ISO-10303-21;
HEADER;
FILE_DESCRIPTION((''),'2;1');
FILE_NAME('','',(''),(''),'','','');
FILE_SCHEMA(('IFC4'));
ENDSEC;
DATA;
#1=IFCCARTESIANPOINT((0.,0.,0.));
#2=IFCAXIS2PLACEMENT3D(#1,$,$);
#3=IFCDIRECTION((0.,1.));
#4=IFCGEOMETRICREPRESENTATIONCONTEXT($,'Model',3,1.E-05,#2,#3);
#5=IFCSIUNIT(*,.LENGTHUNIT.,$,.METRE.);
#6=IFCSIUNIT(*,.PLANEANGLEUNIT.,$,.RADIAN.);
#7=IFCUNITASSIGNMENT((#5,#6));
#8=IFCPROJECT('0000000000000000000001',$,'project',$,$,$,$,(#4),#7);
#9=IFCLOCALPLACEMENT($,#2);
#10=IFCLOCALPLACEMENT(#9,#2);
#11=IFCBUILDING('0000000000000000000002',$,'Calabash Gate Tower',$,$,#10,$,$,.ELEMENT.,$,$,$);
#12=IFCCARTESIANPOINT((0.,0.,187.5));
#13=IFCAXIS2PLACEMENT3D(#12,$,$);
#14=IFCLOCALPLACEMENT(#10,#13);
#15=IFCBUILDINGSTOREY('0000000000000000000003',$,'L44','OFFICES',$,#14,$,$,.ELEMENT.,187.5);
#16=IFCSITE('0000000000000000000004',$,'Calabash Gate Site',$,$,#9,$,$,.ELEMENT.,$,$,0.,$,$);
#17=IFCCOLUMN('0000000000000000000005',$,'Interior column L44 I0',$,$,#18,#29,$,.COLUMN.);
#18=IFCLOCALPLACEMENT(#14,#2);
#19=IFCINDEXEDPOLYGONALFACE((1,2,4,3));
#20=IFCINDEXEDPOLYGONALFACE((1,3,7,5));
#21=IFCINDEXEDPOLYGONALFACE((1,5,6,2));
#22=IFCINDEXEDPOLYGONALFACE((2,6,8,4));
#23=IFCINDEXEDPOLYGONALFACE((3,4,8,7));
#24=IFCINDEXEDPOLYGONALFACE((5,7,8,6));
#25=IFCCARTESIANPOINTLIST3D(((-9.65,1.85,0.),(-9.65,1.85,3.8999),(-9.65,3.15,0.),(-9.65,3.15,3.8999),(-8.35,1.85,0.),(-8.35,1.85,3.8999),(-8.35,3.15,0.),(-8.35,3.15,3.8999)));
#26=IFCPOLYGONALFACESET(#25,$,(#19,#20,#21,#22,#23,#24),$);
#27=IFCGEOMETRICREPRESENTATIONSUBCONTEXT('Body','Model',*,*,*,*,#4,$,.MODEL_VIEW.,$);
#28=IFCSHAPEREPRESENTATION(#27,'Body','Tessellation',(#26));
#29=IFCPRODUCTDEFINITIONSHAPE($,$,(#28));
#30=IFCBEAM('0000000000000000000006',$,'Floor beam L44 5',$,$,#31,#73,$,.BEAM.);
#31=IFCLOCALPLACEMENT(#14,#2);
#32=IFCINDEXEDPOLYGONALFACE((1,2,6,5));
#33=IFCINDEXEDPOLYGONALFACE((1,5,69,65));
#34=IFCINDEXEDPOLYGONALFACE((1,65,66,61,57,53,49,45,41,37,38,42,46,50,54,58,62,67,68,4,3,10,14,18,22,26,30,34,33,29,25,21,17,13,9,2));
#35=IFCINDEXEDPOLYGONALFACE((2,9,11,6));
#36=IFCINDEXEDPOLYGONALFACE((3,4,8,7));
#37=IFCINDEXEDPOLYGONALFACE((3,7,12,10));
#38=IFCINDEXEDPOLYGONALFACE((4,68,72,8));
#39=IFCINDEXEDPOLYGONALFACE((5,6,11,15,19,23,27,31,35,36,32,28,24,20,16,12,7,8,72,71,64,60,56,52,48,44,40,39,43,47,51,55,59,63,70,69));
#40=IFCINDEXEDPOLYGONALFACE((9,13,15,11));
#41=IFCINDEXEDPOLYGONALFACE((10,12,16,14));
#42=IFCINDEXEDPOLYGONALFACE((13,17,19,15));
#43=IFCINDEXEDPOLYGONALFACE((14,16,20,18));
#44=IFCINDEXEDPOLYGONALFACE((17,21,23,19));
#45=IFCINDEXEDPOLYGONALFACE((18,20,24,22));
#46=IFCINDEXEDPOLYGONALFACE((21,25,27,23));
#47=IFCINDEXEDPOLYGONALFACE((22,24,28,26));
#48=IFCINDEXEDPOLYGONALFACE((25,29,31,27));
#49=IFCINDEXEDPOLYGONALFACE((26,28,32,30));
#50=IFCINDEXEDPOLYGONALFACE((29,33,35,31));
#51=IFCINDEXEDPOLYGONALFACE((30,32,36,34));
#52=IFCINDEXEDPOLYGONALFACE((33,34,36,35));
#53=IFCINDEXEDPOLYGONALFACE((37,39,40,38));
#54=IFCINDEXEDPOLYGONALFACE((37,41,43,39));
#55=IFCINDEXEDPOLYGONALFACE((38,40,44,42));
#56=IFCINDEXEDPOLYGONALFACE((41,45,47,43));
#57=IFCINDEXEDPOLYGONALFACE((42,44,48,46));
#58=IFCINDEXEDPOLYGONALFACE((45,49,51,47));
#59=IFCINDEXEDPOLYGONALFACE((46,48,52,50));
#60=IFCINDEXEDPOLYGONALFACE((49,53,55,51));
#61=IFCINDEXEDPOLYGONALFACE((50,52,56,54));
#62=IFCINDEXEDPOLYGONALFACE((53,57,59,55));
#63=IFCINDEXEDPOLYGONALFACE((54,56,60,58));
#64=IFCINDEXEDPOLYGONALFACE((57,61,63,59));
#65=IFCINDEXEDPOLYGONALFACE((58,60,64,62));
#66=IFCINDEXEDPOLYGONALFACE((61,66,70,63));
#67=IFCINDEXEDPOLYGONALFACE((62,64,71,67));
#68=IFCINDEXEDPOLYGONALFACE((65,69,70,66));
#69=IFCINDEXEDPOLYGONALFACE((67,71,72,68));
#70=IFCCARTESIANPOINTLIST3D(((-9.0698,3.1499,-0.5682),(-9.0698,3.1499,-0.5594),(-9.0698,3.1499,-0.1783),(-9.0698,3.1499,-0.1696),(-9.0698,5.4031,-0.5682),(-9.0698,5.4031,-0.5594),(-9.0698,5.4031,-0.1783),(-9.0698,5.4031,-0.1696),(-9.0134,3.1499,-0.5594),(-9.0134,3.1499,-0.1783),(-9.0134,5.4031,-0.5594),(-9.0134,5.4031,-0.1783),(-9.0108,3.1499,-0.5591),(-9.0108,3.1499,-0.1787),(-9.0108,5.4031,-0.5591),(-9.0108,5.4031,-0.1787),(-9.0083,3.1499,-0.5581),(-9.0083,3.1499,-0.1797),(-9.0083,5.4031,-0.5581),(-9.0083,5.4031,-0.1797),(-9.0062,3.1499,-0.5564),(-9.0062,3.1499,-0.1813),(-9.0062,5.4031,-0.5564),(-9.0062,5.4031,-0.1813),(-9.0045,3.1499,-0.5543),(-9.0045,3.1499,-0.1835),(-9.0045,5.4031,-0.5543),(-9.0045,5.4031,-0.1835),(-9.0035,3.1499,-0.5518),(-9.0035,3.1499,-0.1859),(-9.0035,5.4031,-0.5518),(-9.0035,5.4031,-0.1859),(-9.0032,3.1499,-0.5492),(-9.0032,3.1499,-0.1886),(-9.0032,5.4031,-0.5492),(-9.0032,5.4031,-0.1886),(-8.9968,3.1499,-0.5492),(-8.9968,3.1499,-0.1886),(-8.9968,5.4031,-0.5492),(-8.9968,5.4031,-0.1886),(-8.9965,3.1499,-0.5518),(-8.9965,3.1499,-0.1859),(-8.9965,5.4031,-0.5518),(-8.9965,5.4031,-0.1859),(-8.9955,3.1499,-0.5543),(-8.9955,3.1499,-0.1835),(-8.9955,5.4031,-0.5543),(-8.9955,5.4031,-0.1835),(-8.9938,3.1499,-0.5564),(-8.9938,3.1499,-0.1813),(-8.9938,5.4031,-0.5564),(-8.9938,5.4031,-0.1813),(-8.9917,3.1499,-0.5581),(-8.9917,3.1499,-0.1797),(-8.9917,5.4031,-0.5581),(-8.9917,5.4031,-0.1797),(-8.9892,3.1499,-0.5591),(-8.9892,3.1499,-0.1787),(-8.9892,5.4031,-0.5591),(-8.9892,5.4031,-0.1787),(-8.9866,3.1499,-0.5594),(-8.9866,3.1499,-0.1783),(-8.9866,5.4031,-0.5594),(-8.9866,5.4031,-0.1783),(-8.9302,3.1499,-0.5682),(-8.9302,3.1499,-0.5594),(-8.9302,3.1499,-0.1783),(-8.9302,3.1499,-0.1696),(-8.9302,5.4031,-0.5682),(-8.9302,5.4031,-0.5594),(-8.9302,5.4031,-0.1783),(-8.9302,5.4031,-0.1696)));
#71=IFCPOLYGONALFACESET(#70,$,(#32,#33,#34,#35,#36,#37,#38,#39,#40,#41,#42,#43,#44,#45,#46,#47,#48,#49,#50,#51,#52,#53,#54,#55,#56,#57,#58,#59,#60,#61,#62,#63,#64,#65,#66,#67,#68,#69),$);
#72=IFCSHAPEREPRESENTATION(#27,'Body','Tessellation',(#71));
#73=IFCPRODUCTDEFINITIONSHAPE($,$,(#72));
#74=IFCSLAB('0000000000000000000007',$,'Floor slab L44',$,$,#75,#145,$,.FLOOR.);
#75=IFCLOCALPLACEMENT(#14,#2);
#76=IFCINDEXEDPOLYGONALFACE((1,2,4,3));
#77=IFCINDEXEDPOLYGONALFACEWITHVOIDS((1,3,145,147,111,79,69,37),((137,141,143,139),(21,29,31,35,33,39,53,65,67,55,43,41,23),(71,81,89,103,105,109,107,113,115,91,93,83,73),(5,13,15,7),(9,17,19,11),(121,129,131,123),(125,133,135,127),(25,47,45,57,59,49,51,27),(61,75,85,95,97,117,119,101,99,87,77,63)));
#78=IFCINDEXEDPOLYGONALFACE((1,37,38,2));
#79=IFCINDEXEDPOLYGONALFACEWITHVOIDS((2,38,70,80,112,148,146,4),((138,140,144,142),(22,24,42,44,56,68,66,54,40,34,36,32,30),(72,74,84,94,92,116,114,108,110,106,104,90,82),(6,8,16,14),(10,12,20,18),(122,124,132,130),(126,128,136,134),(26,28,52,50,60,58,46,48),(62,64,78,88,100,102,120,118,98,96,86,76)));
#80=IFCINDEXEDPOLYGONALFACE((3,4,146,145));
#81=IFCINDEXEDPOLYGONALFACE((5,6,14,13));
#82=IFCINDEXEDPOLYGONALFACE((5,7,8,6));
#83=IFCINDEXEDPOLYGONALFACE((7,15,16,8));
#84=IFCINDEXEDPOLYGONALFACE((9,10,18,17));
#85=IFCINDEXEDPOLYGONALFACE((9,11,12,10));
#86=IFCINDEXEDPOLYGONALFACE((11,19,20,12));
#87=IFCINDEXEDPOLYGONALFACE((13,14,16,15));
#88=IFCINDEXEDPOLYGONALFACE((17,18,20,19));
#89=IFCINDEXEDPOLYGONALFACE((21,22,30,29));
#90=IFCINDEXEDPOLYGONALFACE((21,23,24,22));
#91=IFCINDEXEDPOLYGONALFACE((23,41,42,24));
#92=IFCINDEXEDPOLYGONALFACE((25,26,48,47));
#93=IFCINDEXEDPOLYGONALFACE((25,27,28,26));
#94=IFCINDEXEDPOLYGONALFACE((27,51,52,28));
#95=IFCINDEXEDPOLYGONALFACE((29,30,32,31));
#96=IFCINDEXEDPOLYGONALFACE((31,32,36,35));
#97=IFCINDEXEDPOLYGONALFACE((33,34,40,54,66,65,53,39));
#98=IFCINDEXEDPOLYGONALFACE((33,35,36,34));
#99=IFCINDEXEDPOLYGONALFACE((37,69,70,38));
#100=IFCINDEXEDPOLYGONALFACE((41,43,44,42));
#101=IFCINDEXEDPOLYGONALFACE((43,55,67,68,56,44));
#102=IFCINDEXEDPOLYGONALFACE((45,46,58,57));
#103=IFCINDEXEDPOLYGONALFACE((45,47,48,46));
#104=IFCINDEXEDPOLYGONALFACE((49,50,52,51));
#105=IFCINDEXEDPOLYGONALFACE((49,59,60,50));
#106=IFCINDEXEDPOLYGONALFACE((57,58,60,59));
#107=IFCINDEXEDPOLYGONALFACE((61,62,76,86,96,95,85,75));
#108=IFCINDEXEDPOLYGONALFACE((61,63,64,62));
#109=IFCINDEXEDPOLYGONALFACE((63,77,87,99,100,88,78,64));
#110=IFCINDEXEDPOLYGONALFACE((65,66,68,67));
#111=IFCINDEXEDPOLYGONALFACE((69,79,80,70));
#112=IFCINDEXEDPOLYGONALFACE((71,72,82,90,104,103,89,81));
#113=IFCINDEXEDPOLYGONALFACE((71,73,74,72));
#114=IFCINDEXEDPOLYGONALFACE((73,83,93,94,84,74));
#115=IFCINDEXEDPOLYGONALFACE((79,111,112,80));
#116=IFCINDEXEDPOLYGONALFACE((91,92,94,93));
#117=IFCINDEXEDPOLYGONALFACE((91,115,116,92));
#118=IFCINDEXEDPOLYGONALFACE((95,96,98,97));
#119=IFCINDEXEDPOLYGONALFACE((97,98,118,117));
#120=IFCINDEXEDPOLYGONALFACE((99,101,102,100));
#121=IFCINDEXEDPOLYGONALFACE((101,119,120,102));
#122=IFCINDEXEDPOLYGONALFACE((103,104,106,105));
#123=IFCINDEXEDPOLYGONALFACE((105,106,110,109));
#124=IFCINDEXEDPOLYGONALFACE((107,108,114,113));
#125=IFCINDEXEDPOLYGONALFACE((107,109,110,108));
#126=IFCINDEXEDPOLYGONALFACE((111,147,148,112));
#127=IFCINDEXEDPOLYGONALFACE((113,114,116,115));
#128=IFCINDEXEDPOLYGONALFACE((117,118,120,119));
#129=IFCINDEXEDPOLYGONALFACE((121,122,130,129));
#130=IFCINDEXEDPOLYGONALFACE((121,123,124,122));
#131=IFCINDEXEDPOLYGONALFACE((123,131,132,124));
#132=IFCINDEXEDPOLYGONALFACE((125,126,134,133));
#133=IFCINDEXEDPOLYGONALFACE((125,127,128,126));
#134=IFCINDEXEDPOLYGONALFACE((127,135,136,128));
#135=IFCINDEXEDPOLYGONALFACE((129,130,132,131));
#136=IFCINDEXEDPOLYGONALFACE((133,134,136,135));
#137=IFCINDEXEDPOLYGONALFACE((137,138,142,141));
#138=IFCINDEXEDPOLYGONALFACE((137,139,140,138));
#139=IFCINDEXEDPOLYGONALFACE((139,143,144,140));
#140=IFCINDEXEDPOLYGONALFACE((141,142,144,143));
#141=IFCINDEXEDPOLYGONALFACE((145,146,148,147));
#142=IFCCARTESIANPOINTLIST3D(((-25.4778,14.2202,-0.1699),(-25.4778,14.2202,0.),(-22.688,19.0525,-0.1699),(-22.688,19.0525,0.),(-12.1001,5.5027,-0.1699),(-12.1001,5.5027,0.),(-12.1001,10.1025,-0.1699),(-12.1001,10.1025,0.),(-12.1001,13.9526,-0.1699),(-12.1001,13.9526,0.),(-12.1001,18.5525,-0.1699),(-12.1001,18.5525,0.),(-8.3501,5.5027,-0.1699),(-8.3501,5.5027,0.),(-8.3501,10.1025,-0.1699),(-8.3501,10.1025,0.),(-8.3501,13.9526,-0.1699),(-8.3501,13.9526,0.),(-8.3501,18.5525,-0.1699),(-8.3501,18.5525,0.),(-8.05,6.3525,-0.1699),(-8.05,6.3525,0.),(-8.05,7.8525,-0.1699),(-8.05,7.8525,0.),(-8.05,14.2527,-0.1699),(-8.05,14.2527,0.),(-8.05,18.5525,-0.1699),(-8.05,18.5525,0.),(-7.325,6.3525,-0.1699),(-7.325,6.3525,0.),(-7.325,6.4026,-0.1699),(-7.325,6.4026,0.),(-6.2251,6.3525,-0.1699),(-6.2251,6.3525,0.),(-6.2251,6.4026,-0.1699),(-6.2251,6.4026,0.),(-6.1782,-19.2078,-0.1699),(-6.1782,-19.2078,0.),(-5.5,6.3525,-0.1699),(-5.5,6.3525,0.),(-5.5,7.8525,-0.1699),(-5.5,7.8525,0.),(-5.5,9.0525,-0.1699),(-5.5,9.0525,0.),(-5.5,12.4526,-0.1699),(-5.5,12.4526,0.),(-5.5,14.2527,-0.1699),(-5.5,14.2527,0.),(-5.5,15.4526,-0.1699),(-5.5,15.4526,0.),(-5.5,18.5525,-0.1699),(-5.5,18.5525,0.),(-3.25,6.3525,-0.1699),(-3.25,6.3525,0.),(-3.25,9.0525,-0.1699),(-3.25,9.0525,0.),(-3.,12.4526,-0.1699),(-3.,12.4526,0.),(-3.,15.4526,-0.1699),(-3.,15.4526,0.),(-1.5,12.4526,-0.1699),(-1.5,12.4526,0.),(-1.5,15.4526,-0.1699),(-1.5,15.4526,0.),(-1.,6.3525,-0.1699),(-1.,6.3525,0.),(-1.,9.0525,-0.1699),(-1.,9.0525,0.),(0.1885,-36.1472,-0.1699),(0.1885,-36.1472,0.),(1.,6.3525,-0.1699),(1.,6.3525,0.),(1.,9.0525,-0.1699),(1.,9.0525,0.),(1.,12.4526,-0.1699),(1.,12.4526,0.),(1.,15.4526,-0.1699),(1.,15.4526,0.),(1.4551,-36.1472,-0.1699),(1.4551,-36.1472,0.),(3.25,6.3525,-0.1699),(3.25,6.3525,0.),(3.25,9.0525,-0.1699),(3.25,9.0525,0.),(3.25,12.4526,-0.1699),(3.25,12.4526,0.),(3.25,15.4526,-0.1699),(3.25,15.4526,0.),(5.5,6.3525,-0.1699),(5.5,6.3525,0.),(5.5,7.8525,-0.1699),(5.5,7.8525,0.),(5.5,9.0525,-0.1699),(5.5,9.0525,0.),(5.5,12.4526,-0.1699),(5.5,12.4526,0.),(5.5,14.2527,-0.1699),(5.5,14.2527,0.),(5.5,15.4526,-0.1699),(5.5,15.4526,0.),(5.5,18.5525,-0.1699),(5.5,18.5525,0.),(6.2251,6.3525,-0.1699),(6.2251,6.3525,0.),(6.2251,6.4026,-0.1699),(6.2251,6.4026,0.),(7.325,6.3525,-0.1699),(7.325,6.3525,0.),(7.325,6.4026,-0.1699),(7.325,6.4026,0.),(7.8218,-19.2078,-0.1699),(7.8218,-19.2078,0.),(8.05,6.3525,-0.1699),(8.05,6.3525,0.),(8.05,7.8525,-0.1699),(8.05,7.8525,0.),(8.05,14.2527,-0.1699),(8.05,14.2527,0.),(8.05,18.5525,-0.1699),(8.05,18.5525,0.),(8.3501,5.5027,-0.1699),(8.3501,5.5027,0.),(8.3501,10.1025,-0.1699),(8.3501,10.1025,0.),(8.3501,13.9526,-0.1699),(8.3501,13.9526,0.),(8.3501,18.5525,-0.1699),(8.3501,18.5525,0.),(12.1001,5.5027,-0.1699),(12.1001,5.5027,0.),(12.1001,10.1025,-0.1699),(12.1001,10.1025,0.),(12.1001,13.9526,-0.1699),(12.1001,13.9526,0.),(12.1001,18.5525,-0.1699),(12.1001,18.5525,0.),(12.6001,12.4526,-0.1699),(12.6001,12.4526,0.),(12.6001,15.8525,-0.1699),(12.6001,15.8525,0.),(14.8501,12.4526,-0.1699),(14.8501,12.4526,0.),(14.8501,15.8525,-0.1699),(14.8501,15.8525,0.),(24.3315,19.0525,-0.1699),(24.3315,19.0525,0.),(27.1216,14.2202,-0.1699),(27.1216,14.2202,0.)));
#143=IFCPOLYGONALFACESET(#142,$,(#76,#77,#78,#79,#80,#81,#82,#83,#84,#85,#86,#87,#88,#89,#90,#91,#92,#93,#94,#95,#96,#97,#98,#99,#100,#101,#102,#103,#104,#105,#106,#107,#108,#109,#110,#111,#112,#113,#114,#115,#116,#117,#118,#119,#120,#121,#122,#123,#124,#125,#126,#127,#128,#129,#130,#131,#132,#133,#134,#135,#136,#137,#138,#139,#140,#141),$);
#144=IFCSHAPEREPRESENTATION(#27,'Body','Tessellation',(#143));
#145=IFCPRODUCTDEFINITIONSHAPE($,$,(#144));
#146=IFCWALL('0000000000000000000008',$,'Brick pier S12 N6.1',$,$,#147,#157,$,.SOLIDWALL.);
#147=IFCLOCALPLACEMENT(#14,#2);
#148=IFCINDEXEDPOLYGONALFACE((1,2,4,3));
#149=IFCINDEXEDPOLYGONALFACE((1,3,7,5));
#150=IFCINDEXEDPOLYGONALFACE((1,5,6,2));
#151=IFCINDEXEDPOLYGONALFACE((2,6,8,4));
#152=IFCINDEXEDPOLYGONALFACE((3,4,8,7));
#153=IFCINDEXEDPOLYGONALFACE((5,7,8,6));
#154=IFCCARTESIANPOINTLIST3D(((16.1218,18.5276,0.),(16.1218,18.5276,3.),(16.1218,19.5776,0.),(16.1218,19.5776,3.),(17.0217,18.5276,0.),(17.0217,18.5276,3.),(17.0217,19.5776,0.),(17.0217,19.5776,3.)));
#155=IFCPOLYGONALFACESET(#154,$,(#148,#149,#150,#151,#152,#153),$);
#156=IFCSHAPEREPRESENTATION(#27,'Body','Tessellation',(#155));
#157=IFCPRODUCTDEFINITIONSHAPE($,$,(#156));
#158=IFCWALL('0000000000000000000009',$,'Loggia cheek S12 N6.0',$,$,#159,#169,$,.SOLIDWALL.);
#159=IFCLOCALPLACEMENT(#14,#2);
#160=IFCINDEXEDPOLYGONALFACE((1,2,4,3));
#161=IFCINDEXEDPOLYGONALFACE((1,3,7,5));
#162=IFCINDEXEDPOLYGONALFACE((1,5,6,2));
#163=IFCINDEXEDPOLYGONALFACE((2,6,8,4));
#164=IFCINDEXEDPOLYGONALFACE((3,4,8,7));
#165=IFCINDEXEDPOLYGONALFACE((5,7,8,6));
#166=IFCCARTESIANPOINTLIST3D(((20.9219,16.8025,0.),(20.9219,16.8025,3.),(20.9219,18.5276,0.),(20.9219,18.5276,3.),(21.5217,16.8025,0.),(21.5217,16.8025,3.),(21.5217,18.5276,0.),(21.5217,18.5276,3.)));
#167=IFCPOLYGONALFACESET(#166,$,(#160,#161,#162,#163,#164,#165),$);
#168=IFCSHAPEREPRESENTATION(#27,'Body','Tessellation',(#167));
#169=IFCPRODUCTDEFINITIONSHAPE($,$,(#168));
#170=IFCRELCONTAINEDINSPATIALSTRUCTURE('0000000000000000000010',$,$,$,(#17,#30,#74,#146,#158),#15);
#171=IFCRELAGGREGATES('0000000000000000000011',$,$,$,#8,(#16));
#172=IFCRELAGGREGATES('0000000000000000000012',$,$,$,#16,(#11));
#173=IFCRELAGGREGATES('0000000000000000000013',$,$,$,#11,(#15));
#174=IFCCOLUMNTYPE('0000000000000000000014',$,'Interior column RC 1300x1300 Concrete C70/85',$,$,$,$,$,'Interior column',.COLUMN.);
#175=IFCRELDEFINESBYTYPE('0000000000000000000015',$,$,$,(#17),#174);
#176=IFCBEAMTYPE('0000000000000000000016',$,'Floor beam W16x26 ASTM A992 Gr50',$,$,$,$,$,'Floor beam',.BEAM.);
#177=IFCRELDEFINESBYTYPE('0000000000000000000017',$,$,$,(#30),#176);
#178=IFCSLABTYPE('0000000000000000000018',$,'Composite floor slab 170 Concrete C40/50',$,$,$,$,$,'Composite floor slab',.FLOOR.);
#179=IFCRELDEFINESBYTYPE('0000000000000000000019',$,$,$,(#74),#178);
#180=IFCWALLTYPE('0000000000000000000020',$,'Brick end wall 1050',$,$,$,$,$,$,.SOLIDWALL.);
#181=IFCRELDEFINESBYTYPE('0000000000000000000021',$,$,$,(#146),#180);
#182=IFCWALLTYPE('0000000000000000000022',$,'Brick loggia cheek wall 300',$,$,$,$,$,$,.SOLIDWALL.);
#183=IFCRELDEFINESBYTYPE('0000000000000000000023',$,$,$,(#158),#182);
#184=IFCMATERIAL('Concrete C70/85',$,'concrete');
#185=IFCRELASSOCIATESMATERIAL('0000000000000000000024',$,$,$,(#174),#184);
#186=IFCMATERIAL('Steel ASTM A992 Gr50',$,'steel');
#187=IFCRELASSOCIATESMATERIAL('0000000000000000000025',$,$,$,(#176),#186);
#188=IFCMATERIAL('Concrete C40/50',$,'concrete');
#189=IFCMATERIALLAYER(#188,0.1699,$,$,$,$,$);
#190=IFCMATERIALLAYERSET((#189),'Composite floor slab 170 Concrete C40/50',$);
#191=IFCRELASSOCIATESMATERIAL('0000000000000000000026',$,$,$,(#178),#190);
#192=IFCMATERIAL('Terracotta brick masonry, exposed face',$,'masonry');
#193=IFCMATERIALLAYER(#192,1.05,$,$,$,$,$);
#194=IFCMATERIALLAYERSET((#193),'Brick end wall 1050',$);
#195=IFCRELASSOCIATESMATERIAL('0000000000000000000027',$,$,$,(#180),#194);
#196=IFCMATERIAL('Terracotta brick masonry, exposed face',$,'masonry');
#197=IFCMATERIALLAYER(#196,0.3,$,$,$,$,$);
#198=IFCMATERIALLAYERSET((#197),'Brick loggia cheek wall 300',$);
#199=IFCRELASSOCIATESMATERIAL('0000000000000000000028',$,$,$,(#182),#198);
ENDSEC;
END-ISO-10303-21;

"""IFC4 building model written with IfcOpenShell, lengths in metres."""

from ifc_helpers import new_model, si_unit, direction, frame, origin, origin_2d, place, context, subcontext, project, spatial, polyline, rectangle, i_section, outline, extrude, material, layer, layer_set, material_profile, profile_set, type_object, element, save


model = new_model("IFC4")

# Units and contexts
model_context = context("Model", 3, precision=1e-05, world=origin(), true_north=direction((0.0, 1.0)))
body_context = subcontext(model_context, "Body", "Model", "MODEL_VIEW")
ifc_project = project(units=[si_unit("LENGTHUNIT", "METRE"), si_unit("PLANEANGLEUNIT", "RADIAN")], contexts=[model_context])

# Site, building, storey
site_placement = place(None, origin())
site = spatial("IfcSite", under=ifc_project, at=site_placement, Name="Calabash Gate Site", CompositionType="ELEMENT", RefElevation=0.0)
building_placement = place(site_placement, origin())
building = spatial("IfcBuilding", under=site, at=building_placement, Name="Calabash Gate Tower", CompositionType="ELEMENT")
storey_placement = place(building_placement, frame((0.0, 0.0, 187.5)))
storey = spatial("IfcBuildingStorey", under=building, at=storey_placement, Name="L44", Description="OFFICES", CompositionType="ELEMENT", Elevation=187.5)

# Column
ifc_material_1 = material(Name="Concrete C70/85", Category="concrete")
ifc_material_profile_1 = material_profile(ifc_material_1, rectangle(XDim=1.3, YDim=1.3, at=origin_2d()))
ifc_profile_set_1 = profile_set([ifc_material_profile_1], Name="Concrete C70/85")
column_type = type_object("IfcColumnType", Name="Interior column RC 1300x1300 Concrete C70/85", ElementType="Interior column", PredefinedType="COLUMN", material=ifc_profile_set_1)
column_placement = place(storey_placement, frame((-9.0, 2.5, 0.0), z_axis=(0.0, 0.0, 1.0), x_axis=(1.0, 0.0, 0.0)))
element("IfcColumn", 1, at=column_placement, inside=storey, type_object=column_type, Name="Interior column L44 I0", PredefinedType="COLUMN", context=body_context, shape_type="SweptSolid", body=[
    extrude(rectangle(XDim=1.3, YDim=1.3, at=origin_2d()), origin(), (0.0, 0.0, 1.0), 3.8999),
])

# Beam
ifc_material_2 = material(Name="Steel ASTM A992 Gr50", Category="steel")
ifc_material_profile_2 = material_profile(ifc_material_2, i_section(OverallWidth=0.1396, OverallDepth=0.3987, WebThickness=0.0063, FlangeThickness=0.0088, FilletRadius=0.0103, at=origin_2d()))
ifc_profile_set_2 = profile_set([ifc_material_profile_2], Name="Steel ASTM A992 Gr50")
beam_type = type_object("IfcBeamType", Name="Floor beam W16x26 ASTM A992 Gr50", ElementType="Floor beam", PredefinedType="BEAM", material=ifc_profile_set_2)
beam_placement = place(storey_placement, frame((-9.0, 3.1499, -0.3689), z_axis=(0.0, 1.0, 0.0), x_axis=(-1.0, 0.0, 0.0)))
element("IfcBeam", 2, at=beam_placement, inside=storey, type_object=beam_type, Name="Floor beam L44 5", PredefinedType="BEAM", context=body_context, shape_type="SweptSolid", body=[
    extrude(i_section(OverallWidth=0.1396, OverallDepth=0.3987, WebThickness=0.0063, FlangeThickness=0.0088, FilletRadius=0.0103, at=origin_2d()), origin(), (0.0, 0.0, 1.0), 2.2532),
])

# Slab
ifc_material_3 = material(Name="Concrete C40/50", Category="concrete")
ifc_layer_1 = layer(ifc_material_3, 0.1699)
ifc_layer_set_1 = layer_set([ifc_layer_1], Name="Composite floor slab 170 Concrete C40/50")
slab_type = type_object("IfcSlabType", Name="Composite floor slab 170 Concrete C40/50", ElementType="Composite floor slab", PredefinedType="FLOOR", material=ifc_layer_set_1)
slab_placement = place(storey_placement, frame((0.0, 0.0, -0.1699)))
element("IfcSlab", 3, at=slab_placement, inside=storey, type_object=slab_type, Name="Floor slab L44", PredefinedType="FLOOR", context=body_context, shape_type="SweptSolid", body=[
    extrude(outline(polyline([(-22.688, 19.0525), (24.3315, 19.0525), (27.1216, 14.2202), (7.8218, -19.2078), (1.4551, -36.1472), (0.1885, -36.1472), (-6.1782, -19.2078), (-25.4778, 14.2202), (-22.688, 19.0525)]), holes=[polyline([(-3.25, 9.0525), (-5.5, 9.0525), (-5.5, 7.8525), (-8.05, 7.8525), (-8.05, 6.3525), (-7.325, 6.3525), (-7.325, 6.4026), (-6.2251, 6.4026), (-6.2251, 6.3525), (-5.5, 6.3525), (-3.25, 6.3525), (-1.0, 6.3525), (-1.0, 9.0525), (-3.25, 9.0525)]), polyline([(5.5, 6.3525), (6.2251, 6.3525), (6.2251, 6.4026), (7.325, 6.4026), (7.325, 6.3525), (8.05, 6.3525), (8.05, 7.8525), (5.5, 7.8525), (5.5, 9.0525), (3.25, 9.0525), (1.0, 9.0525), (1.0, 6.3525), (3.25, 6.3525), (5.5, 6.3525)]), polyline([(-5.5, 12.4526), (-3.0, 12.4526), (-3.0, 15.4526), (-5.5, 15.4526), (-5.5, 18.5525), (-8.05, 18.5525), (-8.05, 14.2527), (-5.5, 14.2527), (-5.5, 12.4526)]), polyline([(-1.5, 15.4526), (-1.5, 12.4526), (1.0, 12.4526), (3.25, 12.4526), (5.5, 12.4526), (5.5, 14.2527), (8.05, 14.2527), (8.05, 18.5525), (5.5, 18.5525), (5.5, 15.4526), (3.25, 15.4526), (1.0, 15.4526), (-1.5, 15.4526)]), polyline([(14.8501, 15.8525), (12.6001, 15.8525), (12.6001, 12.4526), (14.8501, 12.4526), (14.8501, 15.8525)]), polyline([(-8.3501, 18.5525), (-12.1001, 18.5525), (-12.1001, 13.9526), (-8.3501, 13.9526), (-8.3501, 18.5525)]), polyline([(-12.1001, 10.1025), (-12.1001, 5.5027), (-8.3501, 5.5027), (-8.3501, 10.1025), (-12.1001, 10.1025)]), polyline([(8.3501, 13.9526), (12.1001, 13.9526), (12.1001, 18.5525), (8.3501, 18.5525), (8.3501, 13.9526)]), polyline([(12.1001, 5.5027), (12.1001, 10.1025), (8.3501, 10.1025), (8.3501, 5.5027), (12.1001, 5.5027)])]), origin(), (0.0, 0.0, 1.0), 0.1699),
])

# Walls
ifc_material_4 = material(Name="Terracotta brick masonry, exposed face", Category="masonry")
ifc_layer_2 = layer(ifc_material_4, 1.05)
ifc_layer_set_2 = layer_set([ifc_layer_2], Name="Brick end wall 1050")
wall_type_1 = type_object("IfcWallType", Name="Brick end wall 1050", PredefinedType="SOLIDWALL", material=ifc_layer_set_2)
wall_1_placement = place(storey_placement, origin())
element("IfcWall", 4, at=wall_1_placement, inside=storey, type_object=wall_type_1, Name="Brick pier S12 N6.1", PredefinedType="SOLIDWALL", context=body_context, shape_type="SweptSolid", body=[
    extrude(outline(polyline([(17.0217, 19.5776), (16.1218, 19.5776), (16.1218, 18.5276), (17.0217, 18.5276), (17.0217, 19.5776)])), origin(), (0.0, 0.0, 1.0), 3.0),
])
ifc_material_5 = material(Name="Terracotta brick masonry, exposed face", Category="masonry")
ifc_layer_3 = layer(ifc_material_5, 0.3)
ifc_layer_set_3 = layer_set([ifc_layer_3], Name="Brick loggia cheek wall 300")
wall_type_2 = type_object("IfcWallType", Name="Brick loggia cheek wall 300", PredefinedType="SOLIDWALL", material=ifc_layer_set_3)
wall_2_placement = place(storey_placement, origin())
element("IfcWall", 5, at=wall_2_placement, inside=storey, type_object=wall_type_2, Name="Loggia cheek S12 N6.0", PredefinedType="SOLIDWALL", context=body_context, shape_type="SweptSolid", body=[
    extrude(outline(polyline([(21.5217, 16.8025), (21.5217, 18.5276), (20.9219, 18.5276), (20.9219, 16.8025), (21.5217, 16.8025)])), origin(), (0.0, 0.0, 1.0), 3.0),
])

save(model, "model.ifc")
